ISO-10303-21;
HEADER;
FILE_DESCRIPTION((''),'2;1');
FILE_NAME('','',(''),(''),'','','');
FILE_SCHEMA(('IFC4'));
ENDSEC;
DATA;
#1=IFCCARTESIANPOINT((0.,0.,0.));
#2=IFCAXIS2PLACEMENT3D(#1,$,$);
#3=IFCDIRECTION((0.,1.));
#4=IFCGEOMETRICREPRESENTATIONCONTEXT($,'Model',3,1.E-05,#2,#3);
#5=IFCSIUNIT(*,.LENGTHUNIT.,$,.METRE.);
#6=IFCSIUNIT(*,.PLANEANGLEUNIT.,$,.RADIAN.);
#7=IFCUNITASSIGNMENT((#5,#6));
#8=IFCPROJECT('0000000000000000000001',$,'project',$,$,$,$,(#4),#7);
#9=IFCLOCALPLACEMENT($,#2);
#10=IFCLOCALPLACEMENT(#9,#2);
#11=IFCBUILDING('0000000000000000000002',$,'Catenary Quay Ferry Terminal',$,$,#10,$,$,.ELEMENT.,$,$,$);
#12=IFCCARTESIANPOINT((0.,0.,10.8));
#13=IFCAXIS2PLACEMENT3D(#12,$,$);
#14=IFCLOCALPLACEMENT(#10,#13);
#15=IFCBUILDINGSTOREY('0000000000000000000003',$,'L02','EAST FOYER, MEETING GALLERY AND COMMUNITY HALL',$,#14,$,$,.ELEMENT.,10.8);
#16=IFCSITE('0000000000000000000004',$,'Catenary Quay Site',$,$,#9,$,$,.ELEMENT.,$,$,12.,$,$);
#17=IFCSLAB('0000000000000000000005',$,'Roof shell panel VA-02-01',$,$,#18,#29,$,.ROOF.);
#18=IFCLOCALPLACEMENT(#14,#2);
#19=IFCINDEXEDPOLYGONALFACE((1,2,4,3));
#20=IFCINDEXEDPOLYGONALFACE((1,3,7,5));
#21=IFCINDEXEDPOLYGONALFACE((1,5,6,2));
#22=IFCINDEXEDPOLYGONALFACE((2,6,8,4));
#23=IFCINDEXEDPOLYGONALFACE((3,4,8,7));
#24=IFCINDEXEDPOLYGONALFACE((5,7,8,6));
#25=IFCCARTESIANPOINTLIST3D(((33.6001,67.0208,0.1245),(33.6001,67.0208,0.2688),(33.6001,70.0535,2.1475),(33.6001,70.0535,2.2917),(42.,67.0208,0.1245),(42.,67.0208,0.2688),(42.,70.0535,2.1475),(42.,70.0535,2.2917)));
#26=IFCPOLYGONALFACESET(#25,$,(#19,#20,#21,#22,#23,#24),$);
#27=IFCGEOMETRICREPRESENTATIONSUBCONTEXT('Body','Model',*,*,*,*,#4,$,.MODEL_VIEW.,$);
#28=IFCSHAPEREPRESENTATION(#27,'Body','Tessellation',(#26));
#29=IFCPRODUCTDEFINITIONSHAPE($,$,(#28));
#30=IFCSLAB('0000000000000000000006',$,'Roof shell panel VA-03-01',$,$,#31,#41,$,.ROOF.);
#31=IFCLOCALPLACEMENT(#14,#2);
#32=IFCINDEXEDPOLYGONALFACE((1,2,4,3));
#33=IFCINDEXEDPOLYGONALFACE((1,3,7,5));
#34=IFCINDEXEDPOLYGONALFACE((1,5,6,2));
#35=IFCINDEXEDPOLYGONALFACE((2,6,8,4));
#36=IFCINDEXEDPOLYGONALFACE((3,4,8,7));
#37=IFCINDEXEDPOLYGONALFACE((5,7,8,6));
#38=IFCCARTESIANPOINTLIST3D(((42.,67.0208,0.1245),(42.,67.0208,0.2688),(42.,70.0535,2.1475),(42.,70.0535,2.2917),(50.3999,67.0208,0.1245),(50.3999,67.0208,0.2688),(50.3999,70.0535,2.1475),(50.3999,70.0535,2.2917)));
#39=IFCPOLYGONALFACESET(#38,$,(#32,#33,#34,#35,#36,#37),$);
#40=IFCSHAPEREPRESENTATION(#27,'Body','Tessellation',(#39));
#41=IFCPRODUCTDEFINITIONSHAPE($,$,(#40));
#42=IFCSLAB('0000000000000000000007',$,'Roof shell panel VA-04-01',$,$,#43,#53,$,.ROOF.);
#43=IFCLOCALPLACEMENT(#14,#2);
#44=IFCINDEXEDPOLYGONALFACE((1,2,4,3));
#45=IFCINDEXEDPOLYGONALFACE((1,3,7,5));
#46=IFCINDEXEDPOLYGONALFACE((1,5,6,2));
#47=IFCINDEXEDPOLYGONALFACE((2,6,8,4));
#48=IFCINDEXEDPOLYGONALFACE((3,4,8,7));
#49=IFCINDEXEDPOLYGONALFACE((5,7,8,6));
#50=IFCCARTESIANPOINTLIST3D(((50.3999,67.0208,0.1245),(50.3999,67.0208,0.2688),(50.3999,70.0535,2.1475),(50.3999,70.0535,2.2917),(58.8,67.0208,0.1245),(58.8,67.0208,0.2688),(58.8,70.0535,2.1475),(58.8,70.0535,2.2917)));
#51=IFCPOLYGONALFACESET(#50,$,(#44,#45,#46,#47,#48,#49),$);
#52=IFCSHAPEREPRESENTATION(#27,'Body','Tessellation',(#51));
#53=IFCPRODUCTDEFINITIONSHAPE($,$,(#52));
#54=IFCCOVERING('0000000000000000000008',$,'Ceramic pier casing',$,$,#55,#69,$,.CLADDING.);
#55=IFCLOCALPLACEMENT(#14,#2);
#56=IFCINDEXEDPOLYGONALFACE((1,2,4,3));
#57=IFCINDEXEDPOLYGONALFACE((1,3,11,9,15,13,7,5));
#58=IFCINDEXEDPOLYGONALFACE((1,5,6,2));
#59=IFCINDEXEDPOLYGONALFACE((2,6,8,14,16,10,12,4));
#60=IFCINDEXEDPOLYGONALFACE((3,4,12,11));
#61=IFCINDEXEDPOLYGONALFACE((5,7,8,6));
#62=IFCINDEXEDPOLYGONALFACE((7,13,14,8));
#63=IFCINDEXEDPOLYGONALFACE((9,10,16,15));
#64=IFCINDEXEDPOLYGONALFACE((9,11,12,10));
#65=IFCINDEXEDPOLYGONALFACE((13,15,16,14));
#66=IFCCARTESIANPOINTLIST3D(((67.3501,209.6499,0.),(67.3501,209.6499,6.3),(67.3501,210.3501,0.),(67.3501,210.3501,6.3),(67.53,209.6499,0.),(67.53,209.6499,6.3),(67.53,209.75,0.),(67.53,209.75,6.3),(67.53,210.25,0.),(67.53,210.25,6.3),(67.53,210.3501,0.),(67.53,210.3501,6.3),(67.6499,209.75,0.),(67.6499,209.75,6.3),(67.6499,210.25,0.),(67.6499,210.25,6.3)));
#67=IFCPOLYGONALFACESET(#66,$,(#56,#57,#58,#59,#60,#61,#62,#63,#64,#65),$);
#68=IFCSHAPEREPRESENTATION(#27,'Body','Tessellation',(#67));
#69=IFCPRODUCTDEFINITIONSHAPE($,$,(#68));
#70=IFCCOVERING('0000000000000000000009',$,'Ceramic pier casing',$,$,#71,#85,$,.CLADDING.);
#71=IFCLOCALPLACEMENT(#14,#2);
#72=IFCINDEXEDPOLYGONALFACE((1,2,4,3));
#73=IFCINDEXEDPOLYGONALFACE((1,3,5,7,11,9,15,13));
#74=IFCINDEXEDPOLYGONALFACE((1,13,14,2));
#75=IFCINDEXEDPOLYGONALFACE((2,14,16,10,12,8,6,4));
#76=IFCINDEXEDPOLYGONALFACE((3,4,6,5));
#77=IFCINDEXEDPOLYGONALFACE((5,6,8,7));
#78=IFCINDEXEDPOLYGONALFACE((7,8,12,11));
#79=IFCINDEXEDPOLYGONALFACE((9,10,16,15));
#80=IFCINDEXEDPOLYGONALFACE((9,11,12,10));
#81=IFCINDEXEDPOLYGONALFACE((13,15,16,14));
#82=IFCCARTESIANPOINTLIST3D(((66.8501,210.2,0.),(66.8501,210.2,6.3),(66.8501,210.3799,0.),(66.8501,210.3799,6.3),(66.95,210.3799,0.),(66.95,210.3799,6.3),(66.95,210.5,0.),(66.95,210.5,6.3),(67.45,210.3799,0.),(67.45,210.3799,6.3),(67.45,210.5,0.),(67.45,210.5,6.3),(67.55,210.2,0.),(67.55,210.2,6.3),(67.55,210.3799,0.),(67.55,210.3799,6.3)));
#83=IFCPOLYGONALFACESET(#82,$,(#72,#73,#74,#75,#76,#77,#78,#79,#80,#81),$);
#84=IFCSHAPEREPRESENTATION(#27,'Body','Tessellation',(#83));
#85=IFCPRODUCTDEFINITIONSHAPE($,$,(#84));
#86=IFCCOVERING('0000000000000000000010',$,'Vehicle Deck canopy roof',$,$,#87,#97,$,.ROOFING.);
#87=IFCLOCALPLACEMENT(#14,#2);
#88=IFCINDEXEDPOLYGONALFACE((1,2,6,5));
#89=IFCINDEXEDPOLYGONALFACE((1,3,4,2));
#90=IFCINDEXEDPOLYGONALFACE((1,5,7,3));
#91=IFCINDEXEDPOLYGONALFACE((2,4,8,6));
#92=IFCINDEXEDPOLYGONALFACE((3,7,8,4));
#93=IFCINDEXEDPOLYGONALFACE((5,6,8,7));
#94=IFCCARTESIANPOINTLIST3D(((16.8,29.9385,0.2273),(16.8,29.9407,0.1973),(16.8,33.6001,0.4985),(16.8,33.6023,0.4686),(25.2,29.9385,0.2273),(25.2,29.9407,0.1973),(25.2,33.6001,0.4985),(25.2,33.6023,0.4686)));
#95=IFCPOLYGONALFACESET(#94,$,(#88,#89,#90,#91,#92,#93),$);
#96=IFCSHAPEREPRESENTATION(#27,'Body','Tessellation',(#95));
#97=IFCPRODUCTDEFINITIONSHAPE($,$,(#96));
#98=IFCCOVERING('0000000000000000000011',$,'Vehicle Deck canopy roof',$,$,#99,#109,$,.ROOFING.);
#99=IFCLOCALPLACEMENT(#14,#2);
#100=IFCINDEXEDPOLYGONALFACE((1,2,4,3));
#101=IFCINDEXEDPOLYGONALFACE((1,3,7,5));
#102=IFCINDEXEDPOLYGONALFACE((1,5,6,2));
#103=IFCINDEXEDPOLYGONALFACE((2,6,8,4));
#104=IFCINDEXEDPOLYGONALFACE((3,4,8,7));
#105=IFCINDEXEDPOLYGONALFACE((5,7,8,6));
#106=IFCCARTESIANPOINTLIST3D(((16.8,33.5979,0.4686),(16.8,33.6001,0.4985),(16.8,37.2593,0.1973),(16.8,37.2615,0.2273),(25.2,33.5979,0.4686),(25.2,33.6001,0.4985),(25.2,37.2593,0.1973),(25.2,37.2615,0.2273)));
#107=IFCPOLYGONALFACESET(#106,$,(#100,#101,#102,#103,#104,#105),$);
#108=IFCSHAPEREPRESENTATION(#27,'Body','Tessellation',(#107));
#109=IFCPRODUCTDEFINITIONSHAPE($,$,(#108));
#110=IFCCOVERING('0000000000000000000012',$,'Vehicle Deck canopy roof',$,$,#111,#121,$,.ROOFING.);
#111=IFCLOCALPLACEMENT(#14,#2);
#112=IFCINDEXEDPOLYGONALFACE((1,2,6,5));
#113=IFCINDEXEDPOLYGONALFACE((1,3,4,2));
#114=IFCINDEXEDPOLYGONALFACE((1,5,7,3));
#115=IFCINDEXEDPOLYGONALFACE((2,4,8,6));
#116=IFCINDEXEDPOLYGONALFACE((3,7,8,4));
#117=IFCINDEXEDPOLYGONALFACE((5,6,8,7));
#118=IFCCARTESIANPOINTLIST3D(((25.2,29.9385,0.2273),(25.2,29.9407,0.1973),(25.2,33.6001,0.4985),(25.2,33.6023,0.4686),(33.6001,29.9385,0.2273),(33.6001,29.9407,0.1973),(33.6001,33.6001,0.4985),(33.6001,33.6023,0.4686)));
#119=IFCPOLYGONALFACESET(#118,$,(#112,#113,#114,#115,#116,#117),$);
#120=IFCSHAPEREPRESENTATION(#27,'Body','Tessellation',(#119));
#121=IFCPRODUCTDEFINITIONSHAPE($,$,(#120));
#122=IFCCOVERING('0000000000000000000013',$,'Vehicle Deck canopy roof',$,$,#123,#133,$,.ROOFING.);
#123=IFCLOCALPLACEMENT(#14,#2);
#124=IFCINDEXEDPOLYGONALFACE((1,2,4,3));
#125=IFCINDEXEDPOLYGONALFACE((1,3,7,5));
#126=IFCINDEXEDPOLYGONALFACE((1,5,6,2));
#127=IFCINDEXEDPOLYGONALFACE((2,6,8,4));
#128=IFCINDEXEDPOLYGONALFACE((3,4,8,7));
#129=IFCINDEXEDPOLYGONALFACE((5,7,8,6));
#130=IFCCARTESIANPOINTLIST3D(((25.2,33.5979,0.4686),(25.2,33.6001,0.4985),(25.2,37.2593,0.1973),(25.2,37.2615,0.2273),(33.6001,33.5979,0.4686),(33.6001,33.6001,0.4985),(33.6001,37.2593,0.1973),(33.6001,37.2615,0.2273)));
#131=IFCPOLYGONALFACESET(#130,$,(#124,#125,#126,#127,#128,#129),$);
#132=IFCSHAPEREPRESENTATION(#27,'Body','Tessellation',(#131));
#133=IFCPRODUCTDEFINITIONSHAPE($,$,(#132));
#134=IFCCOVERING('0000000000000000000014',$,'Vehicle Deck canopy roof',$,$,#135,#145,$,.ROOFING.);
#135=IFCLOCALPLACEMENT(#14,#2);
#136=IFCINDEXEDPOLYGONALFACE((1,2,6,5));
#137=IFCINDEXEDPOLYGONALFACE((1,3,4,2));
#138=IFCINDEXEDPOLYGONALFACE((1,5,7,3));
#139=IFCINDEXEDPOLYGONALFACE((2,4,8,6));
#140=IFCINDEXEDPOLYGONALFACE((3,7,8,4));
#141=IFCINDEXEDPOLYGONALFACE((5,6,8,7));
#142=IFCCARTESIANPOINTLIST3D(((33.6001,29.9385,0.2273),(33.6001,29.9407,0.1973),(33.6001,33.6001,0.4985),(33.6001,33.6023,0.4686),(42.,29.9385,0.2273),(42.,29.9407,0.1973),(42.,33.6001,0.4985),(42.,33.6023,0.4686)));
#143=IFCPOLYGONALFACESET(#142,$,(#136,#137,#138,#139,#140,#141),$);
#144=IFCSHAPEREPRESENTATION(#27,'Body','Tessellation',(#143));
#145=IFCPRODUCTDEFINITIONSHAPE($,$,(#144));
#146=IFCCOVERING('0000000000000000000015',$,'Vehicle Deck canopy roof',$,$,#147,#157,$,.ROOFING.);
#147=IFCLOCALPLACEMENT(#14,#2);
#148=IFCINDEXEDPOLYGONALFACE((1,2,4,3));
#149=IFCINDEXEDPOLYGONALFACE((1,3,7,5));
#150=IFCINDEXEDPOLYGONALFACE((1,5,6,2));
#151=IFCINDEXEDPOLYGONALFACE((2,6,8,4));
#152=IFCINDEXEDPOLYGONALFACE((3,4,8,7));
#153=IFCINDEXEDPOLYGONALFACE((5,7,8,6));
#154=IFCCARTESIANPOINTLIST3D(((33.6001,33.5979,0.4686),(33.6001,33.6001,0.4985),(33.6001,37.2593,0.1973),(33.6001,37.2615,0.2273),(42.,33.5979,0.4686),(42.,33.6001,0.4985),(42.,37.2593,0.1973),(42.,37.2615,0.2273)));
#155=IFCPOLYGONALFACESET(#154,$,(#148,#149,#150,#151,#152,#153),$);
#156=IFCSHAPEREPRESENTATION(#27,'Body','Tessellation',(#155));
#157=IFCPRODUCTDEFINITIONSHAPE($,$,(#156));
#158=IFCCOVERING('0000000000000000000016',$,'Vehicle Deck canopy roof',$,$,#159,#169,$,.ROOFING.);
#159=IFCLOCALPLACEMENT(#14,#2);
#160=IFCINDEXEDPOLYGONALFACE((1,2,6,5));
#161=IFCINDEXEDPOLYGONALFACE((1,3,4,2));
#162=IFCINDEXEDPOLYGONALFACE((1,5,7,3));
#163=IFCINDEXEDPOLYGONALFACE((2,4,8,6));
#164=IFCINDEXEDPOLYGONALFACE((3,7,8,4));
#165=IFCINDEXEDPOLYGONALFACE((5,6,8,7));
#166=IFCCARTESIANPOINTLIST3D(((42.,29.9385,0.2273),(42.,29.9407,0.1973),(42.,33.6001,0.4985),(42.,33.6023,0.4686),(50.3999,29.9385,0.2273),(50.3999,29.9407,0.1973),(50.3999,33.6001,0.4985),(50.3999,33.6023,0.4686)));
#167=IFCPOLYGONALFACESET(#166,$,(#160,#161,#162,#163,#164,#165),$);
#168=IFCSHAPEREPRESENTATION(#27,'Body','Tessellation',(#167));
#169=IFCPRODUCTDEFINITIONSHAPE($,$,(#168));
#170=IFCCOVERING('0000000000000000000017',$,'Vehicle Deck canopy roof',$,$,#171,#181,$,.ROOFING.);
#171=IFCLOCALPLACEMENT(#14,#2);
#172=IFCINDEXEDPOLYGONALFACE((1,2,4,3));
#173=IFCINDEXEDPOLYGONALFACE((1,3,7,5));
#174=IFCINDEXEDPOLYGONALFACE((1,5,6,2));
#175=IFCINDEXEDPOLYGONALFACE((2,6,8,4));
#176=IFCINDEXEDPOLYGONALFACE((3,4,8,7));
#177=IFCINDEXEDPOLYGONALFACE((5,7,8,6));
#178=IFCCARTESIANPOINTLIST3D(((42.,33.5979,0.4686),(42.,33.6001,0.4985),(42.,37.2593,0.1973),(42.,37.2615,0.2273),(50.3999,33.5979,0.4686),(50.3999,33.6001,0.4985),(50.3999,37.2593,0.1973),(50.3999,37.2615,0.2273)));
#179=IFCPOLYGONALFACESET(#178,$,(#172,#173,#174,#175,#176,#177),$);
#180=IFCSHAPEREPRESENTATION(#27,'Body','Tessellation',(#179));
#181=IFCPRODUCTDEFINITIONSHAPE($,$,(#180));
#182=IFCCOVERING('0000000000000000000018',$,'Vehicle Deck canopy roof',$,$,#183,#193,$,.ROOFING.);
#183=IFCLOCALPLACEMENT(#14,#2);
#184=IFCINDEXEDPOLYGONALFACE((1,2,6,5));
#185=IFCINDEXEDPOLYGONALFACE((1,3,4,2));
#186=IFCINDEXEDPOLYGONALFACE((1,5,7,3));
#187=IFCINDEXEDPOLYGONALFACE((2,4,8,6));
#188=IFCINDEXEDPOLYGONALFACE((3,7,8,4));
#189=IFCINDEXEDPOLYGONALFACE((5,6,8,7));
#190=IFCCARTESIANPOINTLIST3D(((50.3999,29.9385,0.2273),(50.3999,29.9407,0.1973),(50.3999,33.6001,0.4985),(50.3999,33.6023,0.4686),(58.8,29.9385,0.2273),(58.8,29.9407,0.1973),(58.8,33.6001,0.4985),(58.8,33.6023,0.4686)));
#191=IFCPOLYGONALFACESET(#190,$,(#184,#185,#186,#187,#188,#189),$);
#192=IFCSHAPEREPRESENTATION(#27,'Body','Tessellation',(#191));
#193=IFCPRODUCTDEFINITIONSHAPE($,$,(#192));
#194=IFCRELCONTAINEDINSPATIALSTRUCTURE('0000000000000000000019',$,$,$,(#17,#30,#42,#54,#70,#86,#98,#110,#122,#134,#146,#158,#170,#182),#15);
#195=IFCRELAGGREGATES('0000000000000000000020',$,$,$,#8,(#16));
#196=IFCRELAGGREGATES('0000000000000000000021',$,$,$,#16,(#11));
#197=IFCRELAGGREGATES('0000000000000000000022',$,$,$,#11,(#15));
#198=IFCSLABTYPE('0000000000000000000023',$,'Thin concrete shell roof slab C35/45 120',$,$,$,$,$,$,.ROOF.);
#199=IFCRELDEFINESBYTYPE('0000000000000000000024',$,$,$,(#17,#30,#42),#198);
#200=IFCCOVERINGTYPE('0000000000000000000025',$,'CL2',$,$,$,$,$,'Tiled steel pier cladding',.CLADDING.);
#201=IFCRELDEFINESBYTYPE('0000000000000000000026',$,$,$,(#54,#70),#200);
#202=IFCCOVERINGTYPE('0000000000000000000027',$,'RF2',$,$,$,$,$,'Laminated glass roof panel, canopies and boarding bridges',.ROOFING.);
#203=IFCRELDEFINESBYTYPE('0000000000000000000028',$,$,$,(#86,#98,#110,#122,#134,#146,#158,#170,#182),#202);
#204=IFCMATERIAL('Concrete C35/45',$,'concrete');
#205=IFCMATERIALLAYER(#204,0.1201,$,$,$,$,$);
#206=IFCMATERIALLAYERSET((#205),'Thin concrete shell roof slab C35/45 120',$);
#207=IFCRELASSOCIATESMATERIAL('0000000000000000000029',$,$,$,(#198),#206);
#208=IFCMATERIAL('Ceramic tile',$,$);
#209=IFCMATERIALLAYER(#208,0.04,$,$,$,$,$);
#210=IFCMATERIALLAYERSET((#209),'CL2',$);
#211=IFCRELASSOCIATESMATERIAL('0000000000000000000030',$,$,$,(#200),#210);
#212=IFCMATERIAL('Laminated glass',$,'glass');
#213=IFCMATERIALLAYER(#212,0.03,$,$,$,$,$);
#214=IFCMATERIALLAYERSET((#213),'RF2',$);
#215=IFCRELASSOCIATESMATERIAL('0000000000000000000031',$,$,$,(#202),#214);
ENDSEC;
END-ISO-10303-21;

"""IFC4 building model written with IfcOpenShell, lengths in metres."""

from ifc_helpers import new_model, si_unit, direction, frame, origin, place, context, subcontext, project, spatial, polyline, outline, extrude, material, layer, layer_set, type_object, element, save


model = new_model("IFC4")

# Units and contexts
model_context = context("Model", 3, precision=1e-05, world=origin(), true_north=direction((0.0, 1.0)))
body_context = subcontext(model_context, "Body", "Model", "MODEL_VIEW")
ifc_project = project(units=[si_unit("LENGTHUNIT", "METRE"), si_unit("PLANEANGLEUNIT", "RADIAN")], contexts=[model_context])

# Site, building, storey
site_placement = place(None, origin())
site = spatial("IfcSite", under=ifc_project, at=site_placement, Name="Catenary Quay Site", CompositionType="ELEMENT", RefElevation=12.0)
building_placement = place(site_placement, origin())
building = spatial("IfcBuilding", under=site, at=building_placement, Name="Catenary Quay Ferry Terminal", CompositionType="ELEMENT")
storey_placement = place(building_placement, frame((0.0, 0.0, 10.8)))
storey = spatial("IfcBuildingStorey", under=building, at=storey_placement, Name="L02", Description="EAST FOYER, MEETING GALLERY AND COMMUNITY HALL", CompositionType="ELEMENT", Elevation=10.8)

# Slabs
ifc_material_1 = material(Name="Concrete C35/45", Category="concrete")
ifc_layer_1 = layer(ifc_material_1, 0.1201)
ifc_layer_set_1 = layer_set([ifc_layer_1], Name="Thin concrete shell roof slab C35/45 120")
slab_type_1 = type_object("IfcSlabType", Name="Thin concrete shell roof slab C35/45 120", PredefinedType="ROOF", material=ifc_layer_set_1)
for number, where, z_axis, x_axis, name in (
    (1, (33.6001, 67.0208, 0.2688), (0.0, -0.554917, 0.831906), (1.0, 0.0, 0.0), "Roof shell panel VA-02-01"),
    (2, (42.0, 67.0208, 0.2688), (0.0, -0.554917, 0.831906), (1.0, 0.0, 0.0), "Roof shell panel VA-03-01"),
):
    element("IfcSlab", number, at=place(storey_placement, frame(where, z_axis=z_axis, x_axis=x_axis)), inside=storey, type_object=slab_type_1, Name=name, PredefinedType="ROOF", context=body_context, shape_type="SweptSolid", body=[
        extrude(outline(polyline([(0.0, 0.0), (8.3999, 0.0), (8.3999, 3.6455), (0.0, 3.6455), (0.0, 0.0)])), origin(), (0.0, -0.554917, -0.831906), 0.1443),
    ])
slab_1_placement = place(storey_placement, frame((50.3999, 67.0208, 0.2688), z_axis=(0.0, -0.554917, 0.831906), x_axis=(1.0, 0.0, 0.0)))
element("IfcSlab", 3, at=slab_1_placement, inside=storey, type_object=slab_type_1, Name="Roof shell panel VA-04-01", PredefinedType="ROOF", context=body_context, shape_type="SweptSolid", body=[
    extrude(outline(polyline([(0.0, 0.0), (8.4001, 0.0), (8.4001, 3.6455), (0.0, 3.6455), (0.0, 0.0)])), origin(), (0.0, -0.554917, -0.831906), 0.1443),
])

# Coverings
ifc_material_2 = material(Name="Ceramic tile")
ifc_layer_2 = layer(ifc_material_2, 0.04)
ifc_layer_set_2 = layer_set([ifc_layer_2], Name="CL2")
covering_type_1 = type_object("IfcCoveringType", Name="CL2", ElementType="Tiled steel pier cladding", PredefinedType="CLADDING", material=ifc_layer_set_2)
covering_1_placement = place(storey_placement, origin())
element("IfcCovering", 4, at=covering_1_placement, inside=storey, type_object=covering_type_1, Name="Ceramic pier casing", PredefinedType="CLADDING", context=body_context, shape_type="SweptSolid", body=[
    extrude(outline(polyline([(67.3501, 209.6499), (67.53, 209.6499), (67.53, 209.75), (67.6499, 209.75), (67.6499, 210.25), (67.53, 210.25), (67.53, 210.3501), (67.3501, 210.3501), (67.3501, 209.6499)])), origin(), (0.0, 0.0, 1.0), 6.3),
])
covering_2_placement = place(storey_placement, origin())
element("IfcCovering", 5, at=covering_2_placement, inside=storey, type_object=covering_type_1, Name="Ceramic pier casing", PredefinedType="CLADDING", context=body_context, shape_type="SweptSolid", body=[
    extrude(outline(polyline([(67.55, 210.2), (67.55, 210.3799), (67.45, 210.3799), (67.45, 210.5), (66.95, 210.5), (66.95, 210.3799), (66.8501, 210.3799), (66.8501, 210.2), (67.55, 210.2)])), origin(), (0.0, 0.0, 1.0), 6.3),
])
ifc_material_3 = material(Name="Laminated glass", Category="glass")
ifc_layer_3 = layer(ifc_material_3, 0.03)
ifc_layer_set_3 = layer_set([ifc_layer_3], Name="RF2")
covering_type_2 = type_object("IfcCoveringType", Name="RF2", ElementType="Laminated glass roof panel, canopies and boarding bridges", PredefinedType="ROOFING", material=ifc_layer_set_3)
covering_3_placement = place(storey_placement, frame((16.8, 29.9385, 0.2273), z_axis=(0.0, -0.073874, 0.997268), x_axis=(1.0, 0.0, 0.0)))
element("IfcCovering", 6, at=covering_3_placement, inside=storey, type_object=covering_type_2, Name="Vehicle Deck canopy roof", PredefinedType="ROOFING", context=body_context, shape_type="SweptSolid", body=[
    extrude(outline(polyline([(0.0, 0.0), (8.3999, 0.0), (8.3999, 3.6717), (0.0, 3.6717), (0.0, 0.0)])), origin(), (0.0, 0.0, -1.0), 0.03),
])
covering_4_placement = place(storey_placement, frame((16.8, 33.6001, 0.4985), z_axis=(0.0, 0.073879, 0.997267), x_axis=(1.0, 0.0, 0.0)))
element("IfcCovering", 7, at=covering_4_placement, inside=storey, type_object=covering_type_2, Name="Vehicle Deck canopy roof", PredefinedType="ROOFING", context=body_context, shape_type="SweptSolid", body=[
    extrude(outline(polyline([(0.0, 0.0), (8.3999, 0.0), (8.3999, 3.6714), (0.0, 3.6714), (0.0, 0.0)])), origin(), (0.0, 0.0, -1.0), 0.03),
])
covering_5_placement = place(storey_placement, frame((25.2, 29.9385, 0.2273), z_axis=(0.0, -0.073874, 0.997268), x_axis=(1.0, 0.0, 0.0)))
element("IfcCovering", 8, at=covering_5_placement, inside=storey, type_object=covering_type_2, Name="Vehicle Deck canopy roof", PredefinedType="ROOFING", context=body_context, shape_type="SweptSolid", body=[
    extrude(outline(polyline([(0.0, 0.0), (8.4001, 0.0), (8.4001, 3.6717), (0.0, 3.6717), (0.0, 0.0)])), origin(), (0.0, 0.0, -1.0), 0.03),
])
covering_6_placement = place(storey_placement, frame((25.2, 33.6001, 0.4985), z_axis=(0.0, 0.073879, 0.997267), x_axis=(1.0, 0.0, 0.0)))
element("IfcCovering", 9, at=covering_6_placement, inside=storey, type_object=covering_type_2, Name="Vehicle Deck canopy roof", PredefinedType="ROOFING", context=body_context, shape_type="SweptSolid", body=[
    extrude(outline(polyline([(0.0, 0.0), (8.4001, 0.0), (8.4001, 3.6714), (0.0, 3.6714), (0.0, 0.0)])), origin(), (0.0, 0.0, -1.0), 0.03),
])
covering_7_placement = place(storey_placement, frame((33.6001, 29.9385, 0.2273), z_axis=(0.0, -0.073874, 0.997268), x_axis=(1.0, 0.0, 0.0)))
element("IfcCovering", 10, at=covering_7_placement, inside=storey, type_object=covering_type_2, Name="Vehicle Deck canopy roof", PredefinedType="ROOFING", context=body_context, shape_type="SweptSolid", body=[
    extrude(outline(polyline([(0.0, 0.0), (8.3999, 0.0), (8.3999, 3.6717), (0.0, 3.6717), (0.0, 0.0)])), origin(), (0.0, 0.0, -1.0), 0.03),
])
covering_8_placement = place(storey_placement, frame((33.6001, 33.6001, 0.4985), z_axis=(0.0, 0.073879, 0.997267), x_axis=(1.0, 0.0, 0.0)))
element("IfcCovering", 11, at=covering_8_placement, inside=storey, type_object=covering_type_2, Name="Vehicle Deck canopy roof", PredefinedType="ROOFING", context=body_context, shape_type="SweptSolid", body=[
    extrude(outline(polyline([(0.0, 0.0), (8.3999, 0.0), (8.3999, 3.6714), (0.0, 3.6714), (0.0, 0.0)])), origin(), (0.0, 0.0, -1.0), 0.03),
])
covering_9_placement = place(storey_placement, frame((42.0, 29.9385, 0.2273), z_axis=(0.0, -0.073874, 0.997268), x_axis=(1.0, 0.0, 0.0)))
element("IfcCovering", 12, at=covering_9_placement, inside=storey, type_object=covering_type_2, Name="Vehicle Deck canopy roof", PredefinedType="ROOFING", context=body_context, shape_type="SweptSolid", body=[
    extrude(outline(polyline([(0.0, 0.0), (8.3999, 0.0), (8.3999, 3.6717), (0.0, 3.6717), (0.0, 0.0)])), origin(), (0.0, 0.0, -1.0), 0.03),
])
covering_10_placement = place(storey_placement, frame((42.0, 33.6001, 0.4985), z_axis=(0.0, 0.073879, 0.997267), x_axis=(1.0, 0.0, 0.0)))
element("IfcCovering", 13, at=covering_10_placement, inside=storey, type_object=covering_type_2, Name="Vehicle Deck canopy roof", PredefinedType="ROOFING", context=body_context, shape_type="SweptSolid", body=[
    extrude(outline(polyline([(0.0, 0.0), (8.3999, 0.0), (8.3999, 3.6714), (0.0, 3.6714), (0.0, 0.0)])), origin(), (0.0, 0.0, -1.0), 0.03),
])
covering_11_placement = place(storey_placement, frame((50.3999, 29.9385, 0.2273), z_axis=(0.0, -0.073874, 0.997268), x_axis=(1.0, 0.0, 0.0)))
element("IfcCovering", 14, at=covering_11_placement, inside=storey, type_object=covering_type_2, Name="Vehicle Deck canopy roof", PredefinedType="ROOFING", context=body_context, shape_type="SweptSolid", body=[
    extrude(outline(polyline([(0.0, 0.0), (8.4001, 0.0), (8.4001, 3.6717), (0.0, 3.6717), (0.0, 0.0)])), origin(), (0.0, 0.0, -1.0), 0.03),
])

save(model, "model.ifc")
